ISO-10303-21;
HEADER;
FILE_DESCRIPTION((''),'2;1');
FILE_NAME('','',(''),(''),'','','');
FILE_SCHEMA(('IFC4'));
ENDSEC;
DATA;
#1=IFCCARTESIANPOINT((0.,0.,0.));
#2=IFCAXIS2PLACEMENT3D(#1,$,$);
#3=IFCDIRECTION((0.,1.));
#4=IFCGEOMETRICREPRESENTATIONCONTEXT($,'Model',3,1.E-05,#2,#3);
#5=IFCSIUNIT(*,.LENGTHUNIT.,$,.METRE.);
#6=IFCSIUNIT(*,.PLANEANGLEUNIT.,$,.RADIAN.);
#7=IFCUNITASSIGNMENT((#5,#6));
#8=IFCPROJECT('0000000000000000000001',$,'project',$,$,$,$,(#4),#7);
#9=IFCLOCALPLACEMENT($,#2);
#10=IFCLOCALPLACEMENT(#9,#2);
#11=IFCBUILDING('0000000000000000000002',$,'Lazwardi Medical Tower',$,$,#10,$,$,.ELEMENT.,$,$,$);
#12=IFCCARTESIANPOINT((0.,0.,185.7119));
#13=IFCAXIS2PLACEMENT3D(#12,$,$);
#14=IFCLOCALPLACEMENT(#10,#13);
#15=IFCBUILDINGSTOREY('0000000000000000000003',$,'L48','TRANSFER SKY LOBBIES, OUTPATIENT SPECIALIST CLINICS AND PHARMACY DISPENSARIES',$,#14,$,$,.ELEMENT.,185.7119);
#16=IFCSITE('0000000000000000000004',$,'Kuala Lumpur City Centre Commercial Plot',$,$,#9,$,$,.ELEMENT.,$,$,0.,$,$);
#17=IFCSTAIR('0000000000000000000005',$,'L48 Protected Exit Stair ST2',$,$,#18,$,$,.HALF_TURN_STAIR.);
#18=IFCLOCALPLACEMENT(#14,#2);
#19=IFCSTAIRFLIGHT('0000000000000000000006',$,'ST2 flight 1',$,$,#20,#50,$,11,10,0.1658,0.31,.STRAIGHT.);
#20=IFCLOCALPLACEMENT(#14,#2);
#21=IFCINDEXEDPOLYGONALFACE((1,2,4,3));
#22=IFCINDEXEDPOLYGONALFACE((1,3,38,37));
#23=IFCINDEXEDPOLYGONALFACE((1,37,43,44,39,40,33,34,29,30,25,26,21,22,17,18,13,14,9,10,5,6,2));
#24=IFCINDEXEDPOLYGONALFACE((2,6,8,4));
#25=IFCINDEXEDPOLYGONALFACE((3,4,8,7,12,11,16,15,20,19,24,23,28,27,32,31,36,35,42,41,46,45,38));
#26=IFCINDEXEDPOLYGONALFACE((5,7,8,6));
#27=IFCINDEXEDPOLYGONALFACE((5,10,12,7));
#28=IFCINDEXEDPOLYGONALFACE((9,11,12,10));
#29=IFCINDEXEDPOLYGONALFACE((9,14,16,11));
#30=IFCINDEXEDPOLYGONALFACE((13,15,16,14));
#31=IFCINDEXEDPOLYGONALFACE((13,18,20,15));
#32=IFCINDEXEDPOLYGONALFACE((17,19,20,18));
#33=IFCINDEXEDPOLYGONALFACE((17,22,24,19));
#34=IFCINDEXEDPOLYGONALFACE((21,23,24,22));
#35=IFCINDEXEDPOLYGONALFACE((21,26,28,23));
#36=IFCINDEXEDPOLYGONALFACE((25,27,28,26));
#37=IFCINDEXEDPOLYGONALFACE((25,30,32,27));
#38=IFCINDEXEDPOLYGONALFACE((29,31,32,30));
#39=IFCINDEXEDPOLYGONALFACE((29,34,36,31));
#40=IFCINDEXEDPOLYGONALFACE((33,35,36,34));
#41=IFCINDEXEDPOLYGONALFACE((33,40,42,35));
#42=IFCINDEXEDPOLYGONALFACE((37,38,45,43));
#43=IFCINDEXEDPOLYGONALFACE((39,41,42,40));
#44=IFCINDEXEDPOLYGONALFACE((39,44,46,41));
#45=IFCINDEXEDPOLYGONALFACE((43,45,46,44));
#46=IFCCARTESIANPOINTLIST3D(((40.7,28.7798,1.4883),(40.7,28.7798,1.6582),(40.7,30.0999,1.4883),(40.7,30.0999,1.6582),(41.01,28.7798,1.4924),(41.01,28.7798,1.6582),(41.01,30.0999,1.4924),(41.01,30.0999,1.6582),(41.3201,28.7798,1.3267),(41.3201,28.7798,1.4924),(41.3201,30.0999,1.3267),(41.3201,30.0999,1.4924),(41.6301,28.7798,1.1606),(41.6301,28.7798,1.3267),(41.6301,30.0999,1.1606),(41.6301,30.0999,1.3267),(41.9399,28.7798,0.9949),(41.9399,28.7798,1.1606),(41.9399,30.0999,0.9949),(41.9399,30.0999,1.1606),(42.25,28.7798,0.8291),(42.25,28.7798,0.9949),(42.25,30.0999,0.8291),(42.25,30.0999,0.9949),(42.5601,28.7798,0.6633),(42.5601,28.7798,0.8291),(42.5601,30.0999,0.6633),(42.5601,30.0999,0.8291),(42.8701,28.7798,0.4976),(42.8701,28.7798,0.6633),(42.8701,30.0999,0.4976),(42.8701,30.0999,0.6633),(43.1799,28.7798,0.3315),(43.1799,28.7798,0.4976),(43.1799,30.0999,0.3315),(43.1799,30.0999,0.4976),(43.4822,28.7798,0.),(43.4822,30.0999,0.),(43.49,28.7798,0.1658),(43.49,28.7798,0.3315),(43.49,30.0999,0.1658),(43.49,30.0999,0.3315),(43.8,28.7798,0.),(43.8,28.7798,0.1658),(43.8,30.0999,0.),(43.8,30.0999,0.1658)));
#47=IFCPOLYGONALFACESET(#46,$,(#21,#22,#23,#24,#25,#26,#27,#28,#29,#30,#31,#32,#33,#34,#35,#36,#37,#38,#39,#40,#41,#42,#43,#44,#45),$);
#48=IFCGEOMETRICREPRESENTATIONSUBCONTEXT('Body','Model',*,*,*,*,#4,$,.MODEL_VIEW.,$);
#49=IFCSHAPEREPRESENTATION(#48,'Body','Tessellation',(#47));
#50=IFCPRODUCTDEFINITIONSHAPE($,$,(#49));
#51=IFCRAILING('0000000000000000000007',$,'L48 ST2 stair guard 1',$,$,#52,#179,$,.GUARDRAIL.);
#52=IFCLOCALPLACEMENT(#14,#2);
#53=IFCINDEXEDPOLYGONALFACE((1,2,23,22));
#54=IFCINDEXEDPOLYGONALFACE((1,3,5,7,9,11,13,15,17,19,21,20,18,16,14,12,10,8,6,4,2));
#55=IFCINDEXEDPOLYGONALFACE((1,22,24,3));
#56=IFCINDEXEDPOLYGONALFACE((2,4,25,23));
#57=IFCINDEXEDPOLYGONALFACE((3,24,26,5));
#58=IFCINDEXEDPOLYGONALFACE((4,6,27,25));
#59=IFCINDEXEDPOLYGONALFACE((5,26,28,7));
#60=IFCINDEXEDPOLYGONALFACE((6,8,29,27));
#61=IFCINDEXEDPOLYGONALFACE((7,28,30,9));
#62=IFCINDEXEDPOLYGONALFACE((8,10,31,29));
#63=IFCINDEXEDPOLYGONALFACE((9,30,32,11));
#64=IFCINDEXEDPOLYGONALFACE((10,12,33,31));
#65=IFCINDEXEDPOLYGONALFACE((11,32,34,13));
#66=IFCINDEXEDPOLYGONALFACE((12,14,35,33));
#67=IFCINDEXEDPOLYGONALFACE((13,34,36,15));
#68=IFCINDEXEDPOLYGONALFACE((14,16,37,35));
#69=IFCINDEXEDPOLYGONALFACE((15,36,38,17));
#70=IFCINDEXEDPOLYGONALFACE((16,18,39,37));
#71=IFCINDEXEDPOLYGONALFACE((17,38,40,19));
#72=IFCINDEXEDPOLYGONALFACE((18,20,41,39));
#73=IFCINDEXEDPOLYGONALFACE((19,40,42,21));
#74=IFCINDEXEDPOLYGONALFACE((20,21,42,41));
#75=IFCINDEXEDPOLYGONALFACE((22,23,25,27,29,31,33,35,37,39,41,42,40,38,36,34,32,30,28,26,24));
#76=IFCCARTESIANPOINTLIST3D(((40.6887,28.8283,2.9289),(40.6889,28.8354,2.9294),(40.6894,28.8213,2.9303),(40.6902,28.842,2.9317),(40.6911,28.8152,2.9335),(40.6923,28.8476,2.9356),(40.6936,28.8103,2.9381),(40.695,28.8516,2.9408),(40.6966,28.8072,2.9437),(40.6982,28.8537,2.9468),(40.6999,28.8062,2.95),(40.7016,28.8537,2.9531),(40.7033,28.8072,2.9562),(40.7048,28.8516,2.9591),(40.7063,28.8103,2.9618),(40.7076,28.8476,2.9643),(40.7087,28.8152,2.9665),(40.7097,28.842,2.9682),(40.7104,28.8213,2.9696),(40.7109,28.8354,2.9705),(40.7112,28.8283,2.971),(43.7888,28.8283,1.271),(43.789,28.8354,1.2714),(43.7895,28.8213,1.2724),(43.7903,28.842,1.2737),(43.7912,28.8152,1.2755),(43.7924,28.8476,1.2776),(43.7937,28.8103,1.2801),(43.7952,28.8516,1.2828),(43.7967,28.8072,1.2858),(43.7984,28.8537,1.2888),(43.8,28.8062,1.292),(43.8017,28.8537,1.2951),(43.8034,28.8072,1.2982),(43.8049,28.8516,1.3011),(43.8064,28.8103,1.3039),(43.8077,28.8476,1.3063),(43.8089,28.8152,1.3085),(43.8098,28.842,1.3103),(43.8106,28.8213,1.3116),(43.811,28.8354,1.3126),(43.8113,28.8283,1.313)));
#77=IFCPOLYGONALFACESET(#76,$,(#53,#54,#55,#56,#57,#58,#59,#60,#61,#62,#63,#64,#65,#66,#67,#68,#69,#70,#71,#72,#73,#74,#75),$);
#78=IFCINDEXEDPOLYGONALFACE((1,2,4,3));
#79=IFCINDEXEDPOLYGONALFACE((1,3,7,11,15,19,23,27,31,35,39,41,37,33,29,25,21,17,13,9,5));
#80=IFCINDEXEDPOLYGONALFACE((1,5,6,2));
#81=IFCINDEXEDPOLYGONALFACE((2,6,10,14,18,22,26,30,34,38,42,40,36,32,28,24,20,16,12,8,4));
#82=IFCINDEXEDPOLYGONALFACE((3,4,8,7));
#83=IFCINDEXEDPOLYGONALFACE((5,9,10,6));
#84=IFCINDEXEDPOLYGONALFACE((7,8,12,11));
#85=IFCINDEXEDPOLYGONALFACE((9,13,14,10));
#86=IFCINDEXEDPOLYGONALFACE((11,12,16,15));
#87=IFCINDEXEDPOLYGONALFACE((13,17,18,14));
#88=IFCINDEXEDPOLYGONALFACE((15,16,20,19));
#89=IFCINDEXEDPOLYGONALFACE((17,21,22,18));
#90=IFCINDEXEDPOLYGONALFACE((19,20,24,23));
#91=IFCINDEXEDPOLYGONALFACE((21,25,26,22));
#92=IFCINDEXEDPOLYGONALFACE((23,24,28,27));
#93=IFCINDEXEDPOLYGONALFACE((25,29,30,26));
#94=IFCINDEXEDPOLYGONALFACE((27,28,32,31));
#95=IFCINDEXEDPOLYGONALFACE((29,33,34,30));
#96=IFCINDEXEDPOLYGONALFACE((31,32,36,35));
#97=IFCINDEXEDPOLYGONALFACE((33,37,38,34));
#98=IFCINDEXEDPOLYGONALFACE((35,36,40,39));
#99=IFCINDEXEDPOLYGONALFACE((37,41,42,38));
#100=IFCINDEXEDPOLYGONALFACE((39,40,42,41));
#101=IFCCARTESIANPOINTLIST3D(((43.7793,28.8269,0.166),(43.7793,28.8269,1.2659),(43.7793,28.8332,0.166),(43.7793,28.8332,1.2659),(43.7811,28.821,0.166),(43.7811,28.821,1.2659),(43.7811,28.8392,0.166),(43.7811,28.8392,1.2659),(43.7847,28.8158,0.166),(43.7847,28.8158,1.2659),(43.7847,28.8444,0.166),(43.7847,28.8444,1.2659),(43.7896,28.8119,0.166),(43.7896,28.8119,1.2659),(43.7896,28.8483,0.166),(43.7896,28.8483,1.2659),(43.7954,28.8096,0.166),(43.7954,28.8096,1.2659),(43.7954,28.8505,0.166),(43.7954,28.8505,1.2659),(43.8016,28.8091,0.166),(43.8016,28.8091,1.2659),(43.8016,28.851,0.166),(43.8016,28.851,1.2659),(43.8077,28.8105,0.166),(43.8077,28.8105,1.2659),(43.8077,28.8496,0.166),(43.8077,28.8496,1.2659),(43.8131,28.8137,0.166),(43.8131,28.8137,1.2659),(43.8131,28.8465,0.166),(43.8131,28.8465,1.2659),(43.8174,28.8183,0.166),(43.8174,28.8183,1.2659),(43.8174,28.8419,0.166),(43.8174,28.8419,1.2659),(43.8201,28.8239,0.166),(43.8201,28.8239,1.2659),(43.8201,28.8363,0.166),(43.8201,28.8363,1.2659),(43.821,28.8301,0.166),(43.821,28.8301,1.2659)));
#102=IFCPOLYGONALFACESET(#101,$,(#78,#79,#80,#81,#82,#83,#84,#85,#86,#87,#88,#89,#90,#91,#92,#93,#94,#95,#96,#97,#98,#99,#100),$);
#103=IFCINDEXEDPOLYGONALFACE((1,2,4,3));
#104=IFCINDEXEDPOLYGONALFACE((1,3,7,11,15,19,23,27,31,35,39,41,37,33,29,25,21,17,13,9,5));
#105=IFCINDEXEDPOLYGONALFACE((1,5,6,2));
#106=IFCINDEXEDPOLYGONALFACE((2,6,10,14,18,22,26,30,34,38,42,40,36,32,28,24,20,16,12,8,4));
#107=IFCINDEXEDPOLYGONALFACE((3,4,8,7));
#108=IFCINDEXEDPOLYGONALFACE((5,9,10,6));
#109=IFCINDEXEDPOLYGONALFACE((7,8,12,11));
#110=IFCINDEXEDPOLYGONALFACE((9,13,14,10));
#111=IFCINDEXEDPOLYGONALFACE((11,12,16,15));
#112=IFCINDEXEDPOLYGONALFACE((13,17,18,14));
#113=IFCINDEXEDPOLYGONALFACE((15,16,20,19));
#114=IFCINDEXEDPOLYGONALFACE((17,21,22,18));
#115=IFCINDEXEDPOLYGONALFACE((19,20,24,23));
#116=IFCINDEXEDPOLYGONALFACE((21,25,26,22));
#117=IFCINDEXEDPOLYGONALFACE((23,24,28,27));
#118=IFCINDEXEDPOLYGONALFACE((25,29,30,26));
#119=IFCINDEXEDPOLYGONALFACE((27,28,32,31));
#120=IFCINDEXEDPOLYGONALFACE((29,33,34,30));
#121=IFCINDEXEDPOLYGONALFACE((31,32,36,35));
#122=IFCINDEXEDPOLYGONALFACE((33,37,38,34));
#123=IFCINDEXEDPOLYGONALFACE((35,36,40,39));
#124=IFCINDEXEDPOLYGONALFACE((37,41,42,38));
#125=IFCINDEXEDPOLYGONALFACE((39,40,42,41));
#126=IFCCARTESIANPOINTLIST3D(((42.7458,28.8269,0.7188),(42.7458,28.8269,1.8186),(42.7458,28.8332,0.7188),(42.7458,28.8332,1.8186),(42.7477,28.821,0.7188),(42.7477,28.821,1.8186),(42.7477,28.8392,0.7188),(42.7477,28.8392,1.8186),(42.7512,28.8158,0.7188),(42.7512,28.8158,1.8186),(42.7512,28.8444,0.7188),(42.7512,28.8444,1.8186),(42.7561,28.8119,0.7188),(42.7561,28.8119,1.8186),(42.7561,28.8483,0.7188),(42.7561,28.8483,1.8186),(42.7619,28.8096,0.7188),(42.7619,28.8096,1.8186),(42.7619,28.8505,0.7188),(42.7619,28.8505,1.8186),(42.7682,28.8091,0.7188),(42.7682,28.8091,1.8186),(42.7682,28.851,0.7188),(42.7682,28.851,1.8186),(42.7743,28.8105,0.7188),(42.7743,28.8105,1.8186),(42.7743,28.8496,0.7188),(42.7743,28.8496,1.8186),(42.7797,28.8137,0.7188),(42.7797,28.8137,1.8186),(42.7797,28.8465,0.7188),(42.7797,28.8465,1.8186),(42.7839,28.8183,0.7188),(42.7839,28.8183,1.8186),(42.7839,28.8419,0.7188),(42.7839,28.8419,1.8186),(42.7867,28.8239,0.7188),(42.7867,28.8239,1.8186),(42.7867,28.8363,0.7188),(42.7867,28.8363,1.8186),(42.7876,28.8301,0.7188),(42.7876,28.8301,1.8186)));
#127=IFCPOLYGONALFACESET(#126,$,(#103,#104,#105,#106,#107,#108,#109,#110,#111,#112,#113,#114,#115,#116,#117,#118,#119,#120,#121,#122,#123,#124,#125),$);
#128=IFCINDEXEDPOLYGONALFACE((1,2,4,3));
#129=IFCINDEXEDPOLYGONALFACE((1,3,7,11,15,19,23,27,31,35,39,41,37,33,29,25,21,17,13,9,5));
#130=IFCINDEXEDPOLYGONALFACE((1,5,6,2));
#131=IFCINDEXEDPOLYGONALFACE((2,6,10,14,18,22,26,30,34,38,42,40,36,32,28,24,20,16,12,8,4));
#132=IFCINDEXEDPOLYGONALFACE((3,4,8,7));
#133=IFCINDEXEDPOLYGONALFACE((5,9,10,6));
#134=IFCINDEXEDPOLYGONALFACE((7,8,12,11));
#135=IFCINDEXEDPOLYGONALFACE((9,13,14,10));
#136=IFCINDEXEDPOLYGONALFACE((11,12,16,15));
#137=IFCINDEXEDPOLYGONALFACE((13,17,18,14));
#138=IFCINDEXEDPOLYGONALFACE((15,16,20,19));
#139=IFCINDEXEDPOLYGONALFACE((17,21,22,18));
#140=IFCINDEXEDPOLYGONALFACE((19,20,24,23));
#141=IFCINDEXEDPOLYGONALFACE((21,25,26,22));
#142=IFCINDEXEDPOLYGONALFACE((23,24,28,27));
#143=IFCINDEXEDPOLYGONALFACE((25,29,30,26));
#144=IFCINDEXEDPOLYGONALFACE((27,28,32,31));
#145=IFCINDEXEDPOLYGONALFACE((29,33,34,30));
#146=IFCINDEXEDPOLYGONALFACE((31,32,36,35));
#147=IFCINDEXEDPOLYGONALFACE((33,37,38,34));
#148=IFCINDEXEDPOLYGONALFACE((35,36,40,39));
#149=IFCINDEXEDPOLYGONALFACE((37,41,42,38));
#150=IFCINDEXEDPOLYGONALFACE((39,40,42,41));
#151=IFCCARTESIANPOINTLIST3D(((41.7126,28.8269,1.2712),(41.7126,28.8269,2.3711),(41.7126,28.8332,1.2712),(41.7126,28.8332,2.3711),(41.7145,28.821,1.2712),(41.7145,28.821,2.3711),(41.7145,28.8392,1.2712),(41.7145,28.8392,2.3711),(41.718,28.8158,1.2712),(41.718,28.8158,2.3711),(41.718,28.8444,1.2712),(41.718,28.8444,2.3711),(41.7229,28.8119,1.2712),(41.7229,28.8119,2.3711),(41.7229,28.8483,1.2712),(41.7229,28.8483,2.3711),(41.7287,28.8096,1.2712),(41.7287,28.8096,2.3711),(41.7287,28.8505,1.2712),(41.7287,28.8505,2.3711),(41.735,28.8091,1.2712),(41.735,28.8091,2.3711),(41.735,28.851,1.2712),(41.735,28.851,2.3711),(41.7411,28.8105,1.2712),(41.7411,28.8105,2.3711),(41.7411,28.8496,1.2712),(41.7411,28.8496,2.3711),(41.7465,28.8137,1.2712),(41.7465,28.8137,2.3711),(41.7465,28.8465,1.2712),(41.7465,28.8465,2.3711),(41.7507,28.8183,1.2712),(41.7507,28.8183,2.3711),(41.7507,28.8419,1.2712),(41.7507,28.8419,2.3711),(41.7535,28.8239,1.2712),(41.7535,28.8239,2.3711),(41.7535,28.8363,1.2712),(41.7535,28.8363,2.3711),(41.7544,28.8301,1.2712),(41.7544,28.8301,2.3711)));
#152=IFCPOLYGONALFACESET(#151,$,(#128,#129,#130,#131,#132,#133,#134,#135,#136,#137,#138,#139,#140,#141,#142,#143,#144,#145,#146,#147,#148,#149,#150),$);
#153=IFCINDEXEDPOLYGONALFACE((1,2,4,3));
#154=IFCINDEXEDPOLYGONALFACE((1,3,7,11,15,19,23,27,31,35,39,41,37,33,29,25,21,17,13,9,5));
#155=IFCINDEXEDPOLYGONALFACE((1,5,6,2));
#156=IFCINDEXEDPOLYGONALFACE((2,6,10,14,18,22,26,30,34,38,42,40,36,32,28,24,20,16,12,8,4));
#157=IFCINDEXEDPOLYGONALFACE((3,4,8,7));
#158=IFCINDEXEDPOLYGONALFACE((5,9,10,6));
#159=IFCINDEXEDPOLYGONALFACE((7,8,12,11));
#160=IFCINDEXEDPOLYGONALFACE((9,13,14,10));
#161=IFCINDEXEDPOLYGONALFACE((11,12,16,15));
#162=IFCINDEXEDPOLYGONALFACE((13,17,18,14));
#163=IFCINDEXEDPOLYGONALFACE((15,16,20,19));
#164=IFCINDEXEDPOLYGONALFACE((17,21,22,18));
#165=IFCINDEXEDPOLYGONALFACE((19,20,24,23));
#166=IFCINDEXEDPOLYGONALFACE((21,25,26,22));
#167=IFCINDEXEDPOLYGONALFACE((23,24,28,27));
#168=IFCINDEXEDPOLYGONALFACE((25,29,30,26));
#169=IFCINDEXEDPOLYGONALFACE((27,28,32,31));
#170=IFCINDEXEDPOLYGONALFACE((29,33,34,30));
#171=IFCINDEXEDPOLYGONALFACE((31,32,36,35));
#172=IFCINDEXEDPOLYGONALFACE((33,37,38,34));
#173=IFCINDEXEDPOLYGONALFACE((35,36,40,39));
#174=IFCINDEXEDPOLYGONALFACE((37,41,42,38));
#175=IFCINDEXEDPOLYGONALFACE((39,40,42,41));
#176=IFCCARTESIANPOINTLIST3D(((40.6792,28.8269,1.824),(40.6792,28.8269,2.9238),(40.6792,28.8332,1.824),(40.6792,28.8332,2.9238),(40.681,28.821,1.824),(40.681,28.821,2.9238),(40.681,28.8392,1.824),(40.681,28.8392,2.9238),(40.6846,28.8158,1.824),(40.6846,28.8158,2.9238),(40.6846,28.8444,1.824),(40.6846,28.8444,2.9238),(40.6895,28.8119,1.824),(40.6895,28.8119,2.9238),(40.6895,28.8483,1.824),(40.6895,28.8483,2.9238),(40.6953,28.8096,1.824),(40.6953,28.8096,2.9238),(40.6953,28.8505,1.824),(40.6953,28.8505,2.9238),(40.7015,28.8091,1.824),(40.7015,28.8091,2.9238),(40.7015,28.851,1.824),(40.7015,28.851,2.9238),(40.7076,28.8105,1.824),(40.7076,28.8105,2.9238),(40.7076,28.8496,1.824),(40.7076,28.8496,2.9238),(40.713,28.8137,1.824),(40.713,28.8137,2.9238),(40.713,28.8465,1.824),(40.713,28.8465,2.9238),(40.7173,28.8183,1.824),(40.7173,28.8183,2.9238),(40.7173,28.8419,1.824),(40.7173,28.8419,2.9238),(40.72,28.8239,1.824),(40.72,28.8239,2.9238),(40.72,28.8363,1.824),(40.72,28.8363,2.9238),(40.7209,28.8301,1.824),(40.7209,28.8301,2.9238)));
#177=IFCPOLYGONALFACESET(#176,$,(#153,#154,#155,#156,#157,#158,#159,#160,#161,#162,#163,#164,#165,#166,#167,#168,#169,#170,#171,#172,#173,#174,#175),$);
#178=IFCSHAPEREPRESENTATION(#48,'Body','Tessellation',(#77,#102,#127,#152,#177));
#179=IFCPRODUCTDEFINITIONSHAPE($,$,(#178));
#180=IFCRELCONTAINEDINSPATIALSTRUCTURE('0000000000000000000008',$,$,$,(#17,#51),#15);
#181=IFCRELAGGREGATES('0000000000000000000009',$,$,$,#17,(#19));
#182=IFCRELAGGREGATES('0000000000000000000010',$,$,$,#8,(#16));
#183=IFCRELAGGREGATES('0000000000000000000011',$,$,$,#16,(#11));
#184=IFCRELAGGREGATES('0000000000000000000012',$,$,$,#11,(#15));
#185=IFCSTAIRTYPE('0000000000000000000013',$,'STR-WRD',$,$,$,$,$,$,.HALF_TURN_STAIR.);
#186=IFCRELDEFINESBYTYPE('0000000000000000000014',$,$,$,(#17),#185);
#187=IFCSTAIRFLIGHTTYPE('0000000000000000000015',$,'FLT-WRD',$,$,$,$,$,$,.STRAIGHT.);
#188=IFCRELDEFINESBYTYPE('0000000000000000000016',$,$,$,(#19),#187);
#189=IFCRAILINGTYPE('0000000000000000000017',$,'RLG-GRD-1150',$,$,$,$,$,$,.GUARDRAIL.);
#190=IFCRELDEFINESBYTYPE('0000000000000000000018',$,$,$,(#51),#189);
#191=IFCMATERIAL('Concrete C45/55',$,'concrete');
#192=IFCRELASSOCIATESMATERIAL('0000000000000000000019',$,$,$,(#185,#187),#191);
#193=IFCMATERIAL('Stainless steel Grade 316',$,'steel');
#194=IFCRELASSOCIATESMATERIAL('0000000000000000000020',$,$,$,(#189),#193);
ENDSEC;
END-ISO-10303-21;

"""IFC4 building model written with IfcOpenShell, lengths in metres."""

from ifc_helpers import new_model, si_unit, direction, frame, origin, origin_2d, place, context, subcontext, project, spatial, polyline, circle, outline, extrude, material, type_object, element, aggregate, save


model = new_model("IFC4")

# Units and contexts
model_context = context("Model", 3, precision=1e-05, world=origin(), true_north=direction((0.0, 1.0)))
body_context = subcontext(model_context, "Body", "Model", "MODEL_VIEW")
ifc_project = project(units=[si_unit("LENGTHUNIT", "METRE"), si_unit("PLANEANGLEUNIT", "RADIAN")], contexts=[model_context])

# Site, building, storey
site_placement = place(None, origin())
site = spatial("IfcSite", under=ifc_project, at=site_placement, Name="Kuala Lumpur City Centre Commercial Plot", CompositionType="ELEMENT", RefElevation=0.0)
building_placement = place(site_placement, origin())
building = spatial("IfcBuilding", under=site, at=building_placement, Name="Lazwardi Medical Tower", CompositionType="ELEMENT")
storey_placement = place(building_placement, frame((0.0, 0.0, 185.7119)))
storey = spatial("IfcBuildingStorey", under=building, at=storey_placement, Name="L48", Description="TRANSFER SKY LOBBIES, OUTPATIENT SPECIALIST CLINICS AND PHARMACY DISPENSARIES", CompositionType="ELEMENT", Elevation=185.7119)

# Stair, stair flight
ifc_material_1 = material(Name="Concrete C45/55", Category="concrete")
stair_type = type_object("IfcStairType", Name="STR-WRD", PredefinedType="HALF_TURN_STAIR", material=ifc_material_1)
stair_placement = place(storey_placement, origin())
stair = element("IfcStair", 1, at=stair_placement, inside=storey, type_object=stair_type, Name="L48 Protected Exit Stair ST2", PredefinedType="HALF_TURN_STAIR")
stair_flight_type = type_object("IfcStairFlightType", Name="FLT-WRD", PredefinedType="STRAIGHT", material=ifc_material_1)
stair_flight_placement = place(storey_placement, frame((43.8, 29.4399, 0.0), z_axis=(0.0, 0.0, 1.0), x_axis=(-1.0, 0.0, 0.0)))
stair_flight = element("IfcStairFlight", 2, at=stair_flight_placement, type_object=stair_flight_type, Name="ST2 flight 1", NumberOfRisers=11, NumberOfTreads=10, PredefinedType="STRAIGHT", RiserHeight=0.1658, TreadLength=0.31, context=body_context, shape_type="SweptSolid", body=[
    extrude(outline(polyline([(0.0, 0.0), (0.0, 0.1658), (0.3101, 0.1658), (0.3101, 0.3315), (0.6201, 0.3315), (0.6201, 0.4976), (0.9299, 0.4976), (0.9299, 0.6633), (1.24, 0.6633), (1.24, 0.8291), (1.55, 0.8291), (1.55, 0.9949), (1.8601, 0.9949), (1.8601, 1.1606), (2.1699, 1.1606), (2.1699, 1.3267), (2.48, 1.3267), (2.48, 1.4924), (2.79, 1.4924), (2.79, 1.6582), (3.1001, 1.6582), (3.1001, 1.824), (3.1001, 1.4883), (0.3179, 0.0), (0.0, 0.0)])), frame((0.0, 0.6602, 0.0), z_axis=(0.0, -1.0, 0.0), x_axis=(1.0, 0.0, 0.0)), (0.0, 0.0, 1.0), 1.3201),
])
aggregate(stair, [stair_flight])

# Railing
ifc_material_2 = material(Name="Stainless steel Grade 316", Category="steel")
railing_type_1 = type_object("IfcRailingType", Name="RLG-GRD-1150", PredefinedType="GUARDRAIL", material=ifc_material_2)
railing_1_placement = place(storey_placement, frame((43.8, 28.8301, 0.166)))
element("IfcRailing", 3, at=railing_1_placement, inside=storey, type_object=railing_type_1, Name="L48 ST2 stair guard 1", PredefinedType="GUARDRAIL", context=body_context, shape_type="SweptSolid", body=[
    extrude(circle(Radius=0.0239, at=origin_2d()), frame((0.0, 0.0, 1.126), z_axis=(-0.881812, 0.0, 0.471601), x_axis=(0.0, -1.0, 0.0)), (0.0, 0.0, 1.0), 3.5156),
    extrude(circle(Radius=0.021, at=origin_2d()), origin(), (0.0, 0.0, 1.0), 1.0999),
    extrude(circle(Radius=0.021, at=origin_2d()), frame((-1.0334, 0.0, 0.5527)), (0.0, 0.0, 1.0), 1.0999),
    extrude(circle(Radius=0.021, at=origin_2d()), frame((-2.0667, 0.0, 1.1052)), (0.0, 0.0, 1.0), 1.0999),
    extrude(circle(Radius=0.021, at=origin_2d()), frame((-3.1001, 0.0, 1.658)), (0.0, 0.0, 1.0), 1.0999),
])

save(model, "model.ifc")
